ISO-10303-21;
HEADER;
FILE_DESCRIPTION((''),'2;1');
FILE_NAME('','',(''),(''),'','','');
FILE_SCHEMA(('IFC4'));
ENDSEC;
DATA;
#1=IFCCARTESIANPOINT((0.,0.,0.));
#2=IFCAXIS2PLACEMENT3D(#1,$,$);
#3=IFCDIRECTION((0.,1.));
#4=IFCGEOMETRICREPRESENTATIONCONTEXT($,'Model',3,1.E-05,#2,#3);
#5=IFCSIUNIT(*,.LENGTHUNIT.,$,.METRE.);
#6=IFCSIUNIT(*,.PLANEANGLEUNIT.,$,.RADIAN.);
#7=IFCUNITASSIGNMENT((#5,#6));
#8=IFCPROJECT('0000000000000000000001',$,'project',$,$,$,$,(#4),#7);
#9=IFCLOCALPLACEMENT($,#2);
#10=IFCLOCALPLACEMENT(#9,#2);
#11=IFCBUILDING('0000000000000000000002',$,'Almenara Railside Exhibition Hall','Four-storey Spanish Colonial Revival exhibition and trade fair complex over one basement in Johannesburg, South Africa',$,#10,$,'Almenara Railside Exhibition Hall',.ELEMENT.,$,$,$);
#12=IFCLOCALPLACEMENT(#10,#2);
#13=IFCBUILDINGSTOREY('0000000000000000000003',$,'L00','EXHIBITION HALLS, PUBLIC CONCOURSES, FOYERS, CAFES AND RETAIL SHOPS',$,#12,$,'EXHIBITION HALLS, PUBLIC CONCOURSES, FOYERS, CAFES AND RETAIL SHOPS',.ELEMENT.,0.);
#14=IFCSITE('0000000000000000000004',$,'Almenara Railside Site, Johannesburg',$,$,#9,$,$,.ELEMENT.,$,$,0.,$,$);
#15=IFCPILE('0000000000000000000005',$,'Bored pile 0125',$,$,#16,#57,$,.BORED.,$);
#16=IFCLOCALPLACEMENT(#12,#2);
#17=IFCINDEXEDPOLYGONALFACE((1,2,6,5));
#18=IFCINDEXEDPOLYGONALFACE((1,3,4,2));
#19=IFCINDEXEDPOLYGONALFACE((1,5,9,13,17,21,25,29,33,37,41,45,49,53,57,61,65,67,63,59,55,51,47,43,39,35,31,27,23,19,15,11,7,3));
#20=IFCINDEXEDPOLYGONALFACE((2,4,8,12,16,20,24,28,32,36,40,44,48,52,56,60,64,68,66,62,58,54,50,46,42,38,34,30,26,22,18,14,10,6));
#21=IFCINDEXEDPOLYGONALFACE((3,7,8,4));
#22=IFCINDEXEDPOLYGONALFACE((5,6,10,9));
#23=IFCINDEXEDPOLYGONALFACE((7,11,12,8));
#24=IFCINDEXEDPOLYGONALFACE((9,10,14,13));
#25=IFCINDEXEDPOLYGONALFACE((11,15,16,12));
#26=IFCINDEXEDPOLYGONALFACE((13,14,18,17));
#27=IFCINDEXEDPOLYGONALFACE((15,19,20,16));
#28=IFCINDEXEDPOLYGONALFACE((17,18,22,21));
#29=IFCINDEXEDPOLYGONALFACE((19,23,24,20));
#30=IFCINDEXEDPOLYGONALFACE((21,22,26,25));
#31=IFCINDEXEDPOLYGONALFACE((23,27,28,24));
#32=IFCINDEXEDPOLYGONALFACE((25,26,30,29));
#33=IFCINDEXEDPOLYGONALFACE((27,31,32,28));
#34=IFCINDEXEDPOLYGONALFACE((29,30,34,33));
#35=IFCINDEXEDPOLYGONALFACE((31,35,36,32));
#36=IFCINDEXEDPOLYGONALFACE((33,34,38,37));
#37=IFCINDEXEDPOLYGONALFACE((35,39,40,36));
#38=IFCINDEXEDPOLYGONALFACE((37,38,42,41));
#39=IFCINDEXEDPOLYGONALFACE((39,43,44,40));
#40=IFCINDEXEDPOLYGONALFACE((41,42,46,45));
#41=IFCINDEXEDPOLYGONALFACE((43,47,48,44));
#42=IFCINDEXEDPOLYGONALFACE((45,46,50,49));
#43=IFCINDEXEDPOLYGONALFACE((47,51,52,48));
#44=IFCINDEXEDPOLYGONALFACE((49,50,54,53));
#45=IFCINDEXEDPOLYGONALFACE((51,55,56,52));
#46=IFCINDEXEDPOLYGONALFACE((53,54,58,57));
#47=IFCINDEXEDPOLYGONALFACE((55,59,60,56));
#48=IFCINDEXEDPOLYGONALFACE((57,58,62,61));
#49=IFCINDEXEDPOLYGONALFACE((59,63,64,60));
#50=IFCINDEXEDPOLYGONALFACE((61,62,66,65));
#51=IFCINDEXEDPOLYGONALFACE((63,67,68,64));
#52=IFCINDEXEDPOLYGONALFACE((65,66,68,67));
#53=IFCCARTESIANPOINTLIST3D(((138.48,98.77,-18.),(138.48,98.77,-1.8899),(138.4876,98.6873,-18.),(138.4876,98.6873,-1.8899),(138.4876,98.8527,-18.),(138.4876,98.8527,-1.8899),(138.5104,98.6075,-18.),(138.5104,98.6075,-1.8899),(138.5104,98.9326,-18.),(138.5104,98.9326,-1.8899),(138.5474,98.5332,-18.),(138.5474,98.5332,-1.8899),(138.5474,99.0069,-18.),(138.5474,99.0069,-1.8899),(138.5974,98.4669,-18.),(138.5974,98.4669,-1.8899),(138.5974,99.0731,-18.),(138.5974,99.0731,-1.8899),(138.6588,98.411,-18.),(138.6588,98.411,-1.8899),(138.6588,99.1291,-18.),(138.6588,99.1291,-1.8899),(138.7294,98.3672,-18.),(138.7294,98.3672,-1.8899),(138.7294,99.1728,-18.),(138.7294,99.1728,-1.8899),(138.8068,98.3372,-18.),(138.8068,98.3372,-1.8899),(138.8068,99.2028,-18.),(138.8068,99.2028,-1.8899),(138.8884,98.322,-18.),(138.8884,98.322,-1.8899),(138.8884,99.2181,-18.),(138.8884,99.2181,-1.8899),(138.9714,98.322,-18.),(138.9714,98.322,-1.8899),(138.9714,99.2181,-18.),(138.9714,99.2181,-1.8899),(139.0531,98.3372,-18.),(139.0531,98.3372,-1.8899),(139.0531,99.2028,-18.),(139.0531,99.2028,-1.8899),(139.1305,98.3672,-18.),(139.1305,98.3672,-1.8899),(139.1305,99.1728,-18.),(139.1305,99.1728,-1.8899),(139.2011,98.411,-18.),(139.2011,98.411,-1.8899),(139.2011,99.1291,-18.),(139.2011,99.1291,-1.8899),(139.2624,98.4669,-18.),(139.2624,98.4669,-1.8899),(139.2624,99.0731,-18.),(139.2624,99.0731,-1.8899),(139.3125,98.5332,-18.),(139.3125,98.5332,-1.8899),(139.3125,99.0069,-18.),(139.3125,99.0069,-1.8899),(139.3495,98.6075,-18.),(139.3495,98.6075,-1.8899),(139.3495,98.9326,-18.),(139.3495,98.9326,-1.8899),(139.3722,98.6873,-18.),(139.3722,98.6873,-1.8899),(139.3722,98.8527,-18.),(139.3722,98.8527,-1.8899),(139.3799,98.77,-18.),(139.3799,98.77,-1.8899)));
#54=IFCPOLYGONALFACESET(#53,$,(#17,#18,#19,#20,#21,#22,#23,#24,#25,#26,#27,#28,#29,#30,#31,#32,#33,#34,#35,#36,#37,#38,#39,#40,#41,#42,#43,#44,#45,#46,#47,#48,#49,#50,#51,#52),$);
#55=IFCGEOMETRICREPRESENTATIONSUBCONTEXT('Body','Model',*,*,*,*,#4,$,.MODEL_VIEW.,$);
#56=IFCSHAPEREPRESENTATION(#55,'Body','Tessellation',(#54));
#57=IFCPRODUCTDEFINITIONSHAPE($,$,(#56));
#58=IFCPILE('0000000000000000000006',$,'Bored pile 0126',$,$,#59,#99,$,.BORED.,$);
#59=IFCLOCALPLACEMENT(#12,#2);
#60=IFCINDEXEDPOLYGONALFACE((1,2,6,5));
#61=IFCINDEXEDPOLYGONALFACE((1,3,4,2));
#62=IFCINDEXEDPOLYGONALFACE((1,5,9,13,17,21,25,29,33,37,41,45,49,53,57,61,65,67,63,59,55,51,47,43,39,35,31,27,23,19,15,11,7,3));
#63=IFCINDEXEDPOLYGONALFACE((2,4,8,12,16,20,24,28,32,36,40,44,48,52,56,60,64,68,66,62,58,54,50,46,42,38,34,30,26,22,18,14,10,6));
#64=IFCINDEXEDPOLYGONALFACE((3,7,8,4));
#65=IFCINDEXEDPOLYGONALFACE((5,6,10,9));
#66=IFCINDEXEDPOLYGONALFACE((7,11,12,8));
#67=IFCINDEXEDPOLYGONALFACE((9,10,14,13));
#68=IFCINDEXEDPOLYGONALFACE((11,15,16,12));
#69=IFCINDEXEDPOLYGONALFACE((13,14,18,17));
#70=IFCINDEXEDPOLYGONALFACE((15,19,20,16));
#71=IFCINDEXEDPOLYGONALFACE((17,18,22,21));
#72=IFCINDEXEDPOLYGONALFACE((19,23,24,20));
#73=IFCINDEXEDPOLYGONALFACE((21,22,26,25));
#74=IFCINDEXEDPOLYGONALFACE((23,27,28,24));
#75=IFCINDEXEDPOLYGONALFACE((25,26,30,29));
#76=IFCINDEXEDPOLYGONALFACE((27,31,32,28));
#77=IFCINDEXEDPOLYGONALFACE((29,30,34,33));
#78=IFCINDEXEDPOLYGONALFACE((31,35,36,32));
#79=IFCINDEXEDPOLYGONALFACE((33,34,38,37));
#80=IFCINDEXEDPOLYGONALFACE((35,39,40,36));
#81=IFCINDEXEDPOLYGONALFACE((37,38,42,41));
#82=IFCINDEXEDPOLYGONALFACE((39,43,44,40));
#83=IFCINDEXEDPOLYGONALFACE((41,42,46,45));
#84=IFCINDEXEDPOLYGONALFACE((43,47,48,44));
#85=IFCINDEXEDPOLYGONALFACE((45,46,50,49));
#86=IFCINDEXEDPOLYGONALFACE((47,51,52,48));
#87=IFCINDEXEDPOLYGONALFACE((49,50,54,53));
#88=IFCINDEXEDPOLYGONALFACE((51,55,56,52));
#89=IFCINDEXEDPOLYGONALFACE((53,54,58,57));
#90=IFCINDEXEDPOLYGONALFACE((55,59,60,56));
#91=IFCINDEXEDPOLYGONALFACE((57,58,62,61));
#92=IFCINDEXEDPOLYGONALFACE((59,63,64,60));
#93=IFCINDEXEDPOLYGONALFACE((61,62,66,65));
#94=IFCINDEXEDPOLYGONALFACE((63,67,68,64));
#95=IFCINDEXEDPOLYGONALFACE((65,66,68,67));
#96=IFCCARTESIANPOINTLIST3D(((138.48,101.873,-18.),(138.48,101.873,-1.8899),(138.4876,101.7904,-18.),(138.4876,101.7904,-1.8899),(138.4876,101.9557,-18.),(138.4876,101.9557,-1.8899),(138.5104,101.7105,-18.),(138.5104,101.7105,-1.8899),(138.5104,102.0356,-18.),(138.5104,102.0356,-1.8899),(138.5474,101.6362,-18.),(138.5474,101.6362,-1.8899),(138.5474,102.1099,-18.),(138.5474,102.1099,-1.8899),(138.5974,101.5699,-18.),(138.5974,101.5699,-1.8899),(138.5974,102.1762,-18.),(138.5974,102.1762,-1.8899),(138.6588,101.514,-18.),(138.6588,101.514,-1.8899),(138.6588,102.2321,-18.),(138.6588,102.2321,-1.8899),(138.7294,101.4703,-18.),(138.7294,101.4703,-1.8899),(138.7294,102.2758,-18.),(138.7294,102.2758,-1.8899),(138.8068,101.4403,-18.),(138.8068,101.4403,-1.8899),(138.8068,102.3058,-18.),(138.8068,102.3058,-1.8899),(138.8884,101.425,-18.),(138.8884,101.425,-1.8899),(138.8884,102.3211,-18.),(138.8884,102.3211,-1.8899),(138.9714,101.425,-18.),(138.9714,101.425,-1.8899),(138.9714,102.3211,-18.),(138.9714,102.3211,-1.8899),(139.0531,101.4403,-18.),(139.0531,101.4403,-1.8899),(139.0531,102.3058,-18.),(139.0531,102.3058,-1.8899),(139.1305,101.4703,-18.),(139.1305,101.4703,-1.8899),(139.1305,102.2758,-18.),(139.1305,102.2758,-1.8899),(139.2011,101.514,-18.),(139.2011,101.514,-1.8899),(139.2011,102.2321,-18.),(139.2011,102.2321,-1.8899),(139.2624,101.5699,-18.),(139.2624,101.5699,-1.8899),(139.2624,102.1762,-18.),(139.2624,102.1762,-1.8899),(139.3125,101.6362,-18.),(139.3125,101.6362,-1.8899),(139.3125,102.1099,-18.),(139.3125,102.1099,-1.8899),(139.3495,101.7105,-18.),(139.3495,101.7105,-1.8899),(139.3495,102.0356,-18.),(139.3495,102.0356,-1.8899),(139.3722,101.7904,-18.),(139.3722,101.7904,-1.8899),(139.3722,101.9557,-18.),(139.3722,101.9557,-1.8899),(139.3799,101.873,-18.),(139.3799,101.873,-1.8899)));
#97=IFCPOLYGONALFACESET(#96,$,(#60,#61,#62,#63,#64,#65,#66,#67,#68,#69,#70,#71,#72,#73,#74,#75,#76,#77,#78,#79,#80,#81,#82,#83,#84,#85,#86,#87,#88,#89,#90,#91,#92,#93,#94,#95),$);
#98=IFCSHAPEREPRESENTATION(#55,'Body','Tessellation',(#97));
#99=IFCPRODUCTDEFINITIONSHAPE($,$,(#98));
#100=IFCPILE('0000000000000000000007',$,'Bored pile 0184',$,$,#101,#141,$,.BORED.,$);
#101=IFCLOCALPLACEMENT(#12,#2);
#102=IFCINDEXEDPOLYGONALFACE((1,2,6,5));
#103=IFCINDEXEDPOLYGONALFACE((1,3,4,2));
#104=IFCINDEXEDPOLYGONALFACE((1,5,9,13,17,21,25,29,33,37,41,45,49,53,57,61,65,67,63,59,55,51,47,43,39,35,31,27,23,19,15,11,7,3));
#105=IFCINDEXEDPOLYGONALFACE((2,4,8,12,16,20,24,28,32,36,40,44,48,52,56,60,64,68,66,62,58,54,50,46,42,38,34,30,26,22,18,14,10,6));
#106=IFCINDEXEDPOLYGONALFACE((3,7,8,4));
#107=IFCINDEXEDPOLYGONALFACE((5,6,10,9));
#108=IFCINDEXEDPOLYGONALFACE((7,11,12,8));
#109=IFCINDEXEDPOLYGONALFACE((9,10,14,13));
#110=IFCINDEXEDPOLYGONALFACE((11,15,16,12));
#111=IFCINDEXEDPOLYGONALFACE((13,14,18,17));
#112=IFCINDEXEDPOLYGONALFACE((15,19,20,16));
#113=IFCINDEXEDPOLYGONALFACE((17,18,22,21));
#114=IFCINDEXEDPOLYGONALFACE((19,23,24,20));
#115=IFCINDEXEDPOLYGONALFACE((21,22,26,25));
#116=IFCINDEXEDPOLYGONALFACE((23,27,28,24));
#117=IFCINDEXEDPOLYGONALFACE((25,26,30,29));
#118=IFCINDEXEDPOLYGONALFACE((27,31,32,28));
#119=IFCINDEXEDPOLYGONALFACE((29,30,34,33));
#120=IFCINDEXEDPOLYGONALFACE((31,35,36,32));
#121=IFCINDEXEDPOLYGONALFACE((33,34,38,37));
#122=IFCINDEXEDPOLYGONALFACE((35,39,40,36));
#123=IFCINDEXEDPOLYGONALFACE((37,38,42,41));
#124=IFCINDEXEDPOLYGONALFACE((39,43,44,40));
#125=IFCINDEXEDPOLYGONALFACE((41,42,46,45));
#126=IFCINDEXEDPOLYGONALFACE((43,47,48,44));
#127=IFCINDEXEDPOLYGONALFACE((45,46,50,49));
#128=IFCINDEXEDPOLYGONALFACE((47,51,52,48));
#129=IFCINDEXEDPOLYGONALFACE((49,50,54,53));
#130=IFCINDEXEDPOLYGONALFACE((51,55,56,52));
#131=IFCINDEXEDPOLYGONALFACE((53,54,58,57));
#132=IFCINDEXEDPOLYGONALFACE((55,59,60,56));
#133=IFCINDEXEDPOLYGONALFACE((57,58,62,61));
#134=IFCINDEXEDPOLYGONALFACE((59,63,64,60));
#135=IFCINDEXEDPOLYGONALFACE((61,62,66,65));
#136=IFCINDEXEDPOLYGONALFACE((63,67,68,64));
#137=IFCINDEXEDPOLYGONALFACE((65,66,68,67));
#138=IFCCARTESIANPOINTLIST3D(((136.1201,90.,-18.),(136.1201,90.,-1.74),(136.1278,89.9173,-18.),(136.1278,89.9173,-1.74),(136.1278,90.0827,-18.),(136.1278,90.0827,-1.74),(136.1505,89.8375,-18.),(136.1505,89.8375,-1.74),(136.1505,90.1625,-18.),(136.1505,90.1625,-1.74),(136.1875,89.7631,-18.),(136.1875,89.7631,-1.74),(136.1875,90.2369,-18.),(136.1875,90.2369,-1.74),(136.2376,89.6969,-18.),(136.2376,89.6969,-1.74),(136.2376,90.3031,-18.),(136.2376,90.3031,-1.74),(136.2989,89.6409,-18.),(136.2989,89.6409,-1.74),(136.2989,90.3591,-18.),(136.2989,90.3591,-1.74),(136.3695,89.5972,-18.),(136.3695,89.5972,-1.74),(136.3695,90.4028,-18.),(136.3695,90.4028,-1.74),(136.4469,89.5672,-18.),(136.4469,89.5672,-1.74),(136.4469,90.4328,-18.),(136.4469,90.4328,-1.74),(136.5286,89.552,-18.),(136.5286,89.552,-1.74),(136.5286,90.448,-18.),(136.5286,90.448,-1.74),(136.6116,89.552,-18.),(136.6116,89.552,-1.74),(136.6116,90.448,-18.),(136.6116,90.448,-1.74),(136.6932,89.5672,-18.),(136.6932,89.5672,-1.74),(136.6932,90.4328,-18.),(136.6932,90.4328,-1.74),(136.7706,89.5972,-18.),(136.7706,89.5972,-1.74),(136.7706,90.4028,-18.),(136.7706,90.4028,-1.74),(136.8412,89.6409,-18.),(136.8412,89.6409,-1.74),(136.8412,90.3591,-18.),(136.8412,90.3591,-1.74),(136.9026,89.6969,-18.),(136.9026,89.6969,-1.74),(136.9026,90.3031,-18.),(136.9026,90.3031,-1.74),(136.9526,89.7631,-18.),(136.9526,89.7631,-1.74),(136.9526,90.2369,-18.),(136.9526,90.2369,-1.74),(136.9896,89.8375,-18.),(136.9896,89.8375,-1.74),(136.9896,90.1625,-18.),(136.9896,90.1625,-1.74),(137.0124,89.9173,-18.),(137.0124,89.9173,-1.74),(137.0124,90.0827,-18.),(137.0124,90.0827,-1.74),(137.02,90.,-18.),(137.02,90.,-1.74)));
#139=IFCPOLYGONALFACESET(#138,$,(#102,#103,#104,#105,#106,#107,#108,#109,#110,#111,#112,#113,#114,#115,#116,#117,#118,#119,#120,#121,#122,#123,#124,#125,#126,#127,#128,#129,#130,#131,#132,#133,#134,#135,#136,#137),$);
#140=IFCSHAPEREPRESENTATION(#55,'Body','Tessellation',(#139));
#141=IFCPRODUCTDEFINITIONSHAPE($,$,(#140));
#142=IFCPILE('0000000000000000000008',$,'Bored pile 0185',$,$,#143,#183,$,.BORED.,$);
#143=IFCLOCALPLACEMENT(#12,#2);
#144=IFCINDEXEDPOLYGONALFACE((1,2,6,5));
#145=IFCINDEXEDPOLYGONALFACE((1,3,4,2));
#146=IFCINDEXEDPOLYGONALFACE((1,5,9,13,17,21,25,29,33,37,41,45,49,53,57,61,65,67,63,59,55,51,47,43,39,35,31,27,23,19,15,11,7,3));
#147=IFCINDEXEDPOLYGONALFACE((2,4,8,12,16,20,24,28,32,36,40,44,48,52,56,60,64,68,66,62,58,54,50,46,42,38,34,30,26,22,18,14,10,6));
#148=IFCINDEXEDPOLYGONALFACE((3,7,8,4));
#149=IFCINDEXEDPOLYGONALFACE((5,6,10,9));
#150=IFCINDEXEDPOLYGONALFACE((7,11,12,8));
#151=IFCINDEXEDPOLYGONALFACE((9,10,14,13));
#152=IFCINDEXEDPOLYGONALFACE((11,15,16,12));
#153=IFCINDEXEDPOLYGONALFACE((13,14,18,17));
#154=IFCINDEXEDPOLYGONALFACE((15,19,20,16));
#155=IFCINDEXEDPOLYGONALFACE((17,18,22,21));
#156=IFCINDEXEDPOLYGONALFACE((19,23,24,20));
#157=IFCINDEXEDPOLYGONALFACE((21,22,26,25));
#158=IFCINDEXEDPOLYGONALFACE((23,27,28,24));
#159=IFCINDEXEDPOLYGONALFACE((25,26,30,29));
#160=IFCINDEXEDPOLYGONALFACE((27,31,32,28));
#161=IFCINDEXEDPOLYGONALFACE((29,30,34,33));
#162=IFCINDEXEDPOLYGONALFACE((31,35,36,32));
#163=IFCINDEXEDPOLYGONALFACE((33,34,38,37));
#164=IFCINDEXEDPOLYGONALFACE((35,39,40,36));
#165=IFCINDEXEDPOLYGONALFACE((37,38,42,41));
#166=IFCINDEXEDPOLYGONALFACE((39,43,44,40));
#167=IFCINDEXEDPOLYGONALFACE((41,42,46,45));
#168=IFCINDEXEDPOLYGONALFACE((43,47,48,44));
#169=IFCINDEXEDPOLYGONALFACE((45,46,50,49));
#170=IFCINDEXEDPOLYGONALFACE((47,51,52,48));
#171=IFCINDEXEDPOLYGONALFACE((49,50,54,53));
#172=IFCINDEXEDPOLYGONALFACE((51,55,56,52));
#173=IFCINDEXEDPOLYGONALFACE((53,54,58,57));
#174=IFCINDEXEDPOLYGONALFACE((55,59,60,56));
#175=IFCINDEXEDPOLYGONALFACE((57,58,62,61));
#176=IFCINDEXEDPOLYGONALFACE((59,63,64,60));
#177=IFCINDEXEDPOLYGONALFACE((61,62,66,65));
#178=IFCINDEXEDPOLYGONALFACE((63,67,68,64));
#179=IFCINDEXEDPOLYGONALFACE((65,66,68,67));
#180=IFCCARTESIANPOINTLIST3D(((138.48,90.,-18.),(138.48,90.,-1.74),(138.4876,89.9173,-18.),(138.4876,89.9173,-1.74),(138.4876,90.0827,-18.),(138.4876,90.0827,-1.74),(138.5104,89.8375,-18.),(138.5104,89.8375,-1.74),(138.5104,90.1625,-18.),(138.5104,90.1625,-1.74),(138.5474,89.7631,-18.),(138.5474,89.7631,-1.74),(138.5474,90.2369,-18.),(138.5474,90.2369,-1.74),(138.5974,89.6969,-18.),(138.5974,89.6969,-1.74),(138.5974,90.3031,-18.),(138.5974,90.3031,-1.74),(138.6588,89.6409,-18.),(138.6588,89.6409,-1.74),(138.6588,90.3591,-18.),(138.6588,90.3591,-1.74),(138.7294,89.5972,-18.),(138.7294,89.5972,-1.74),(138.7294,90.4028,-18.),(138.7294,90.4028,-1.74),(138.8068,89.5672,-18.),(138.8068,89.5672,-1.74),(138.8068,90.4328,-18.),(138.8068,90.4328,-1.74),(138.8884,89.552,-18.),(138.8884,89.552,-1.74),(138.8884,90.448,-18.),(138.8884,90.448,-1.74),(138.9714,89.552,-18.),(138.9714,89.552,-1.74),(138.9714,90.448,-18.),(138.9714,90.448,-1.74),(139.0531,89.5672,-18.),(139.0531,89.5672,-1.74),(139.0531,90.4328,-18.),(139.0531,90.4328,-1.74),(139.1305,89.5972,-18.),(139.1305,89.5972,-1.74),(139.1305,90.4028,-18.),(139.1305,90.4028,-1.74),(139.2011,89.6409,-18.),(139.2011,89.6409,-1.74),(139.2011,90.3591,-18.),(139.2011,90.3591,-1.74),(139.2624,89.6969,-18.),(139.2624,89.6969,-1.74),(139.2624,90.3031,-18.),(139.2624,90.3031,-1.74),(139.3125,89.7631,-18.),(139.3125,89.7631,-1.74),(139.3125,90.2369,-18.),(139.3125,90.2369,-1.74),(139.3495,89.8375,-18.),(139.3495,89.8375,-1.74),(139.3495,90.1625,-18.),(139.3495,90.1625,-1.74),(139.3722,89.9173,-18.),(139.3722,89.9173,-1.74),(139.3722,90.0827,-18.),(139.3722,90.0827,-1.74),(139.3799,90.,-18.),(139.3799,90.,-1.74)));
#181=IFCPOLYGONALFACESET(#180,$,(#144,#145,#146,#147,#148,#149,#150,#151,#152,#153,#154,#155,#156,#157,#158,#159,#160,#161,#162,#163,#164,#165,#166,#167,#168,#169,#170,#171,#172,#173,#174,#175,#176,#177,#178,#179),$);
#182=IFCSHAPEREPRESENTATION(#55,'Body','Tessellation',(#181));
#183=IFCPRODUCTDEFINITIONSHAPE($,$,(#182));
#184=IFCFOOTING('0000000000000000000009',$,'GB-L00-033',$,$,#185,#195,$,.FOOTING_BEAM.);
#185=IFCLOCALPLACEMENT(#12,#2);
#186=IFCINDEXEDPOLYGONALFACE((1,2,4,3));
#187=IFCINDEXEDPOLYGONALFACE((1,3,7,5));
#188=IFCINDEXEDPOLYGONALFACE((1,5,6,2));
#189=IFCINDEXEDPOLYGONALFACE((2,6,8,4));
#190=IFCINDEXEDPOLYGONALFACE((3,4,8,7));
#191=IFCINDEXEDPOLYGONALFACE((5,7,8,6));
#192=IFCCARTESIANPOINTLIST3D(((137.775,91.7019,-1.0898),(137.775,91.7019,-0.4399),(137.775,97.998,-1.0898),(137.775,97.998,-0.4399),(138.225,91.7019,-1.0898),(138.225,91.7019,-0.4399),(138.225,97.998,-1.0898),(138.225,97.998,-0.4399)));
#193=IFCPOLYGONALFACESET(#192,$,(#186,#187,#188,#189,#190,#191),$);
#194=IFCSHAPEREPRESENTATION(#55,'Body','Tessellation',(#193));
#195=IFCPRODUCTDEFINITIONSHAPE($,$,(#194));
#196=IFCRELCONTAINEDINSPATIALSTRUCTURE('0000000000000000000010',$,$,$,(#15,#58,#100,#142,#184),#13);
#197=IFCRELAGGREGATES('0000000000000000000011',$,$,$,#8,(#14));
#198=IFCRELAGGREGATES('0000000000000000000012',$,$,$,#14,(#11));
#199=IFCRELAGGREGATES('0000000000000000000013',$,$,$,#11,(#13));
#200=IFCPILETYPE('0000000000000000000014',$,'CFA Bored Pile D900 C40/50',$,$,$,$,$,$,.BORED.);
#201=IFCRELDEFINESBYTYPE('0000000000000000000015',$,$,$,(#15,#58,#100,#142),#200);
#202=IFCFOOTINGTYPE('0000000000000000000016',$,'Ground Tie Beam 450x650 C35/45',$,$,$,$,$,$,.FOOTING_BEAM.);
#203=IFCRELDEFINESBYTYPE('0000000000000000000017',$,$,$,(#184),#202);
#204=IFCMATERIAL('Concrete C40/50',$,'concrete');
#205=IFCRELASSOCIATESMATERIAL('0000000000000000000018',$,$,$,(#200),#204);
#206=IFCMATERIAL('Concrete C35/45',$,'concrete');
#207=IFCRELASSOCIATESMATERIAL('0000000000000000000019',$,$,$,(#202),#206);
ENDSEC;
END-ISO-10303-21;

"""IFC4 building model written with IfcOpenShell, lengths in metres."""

from ifc_helpers import new_model, si_unit, direction, frame, origin, origin_2d, place, context, subcontext, project, spatial, rectangle, circle, extrude, material, material_profile, profile_set, type_object, element, save


model = new_model("IFC4")

# Units and contexts
model_context = context("Model", 3, precision=1e-05, world=origin(), true_north=direction((0.0, 1.0)))
body_context = subcontext(model_context, "Body", "Model", "MODEL_VIEW")
ifc_project = project(units=[si_unit("LENGTHUNIT", "METRE"), si_unit("PLANEANGLEUNIT", "RADIAN")], contexts=[model_context])

# Site, building, storey
site_placement = place(None, origin())
site = spatial("IfcSite", under=ifc_project, at=site_placement, Name="Almenara Railside Site, Johannesburg", CompositionType="ELEMENT", RefElevation=0.0)
building_placement = place(site_placement, origin())
building = spatial("IfcBuilding", under=site, at=building_placement, Name="Almenara Railside Exhibition Hall", Description="Four-storey Spanish Colonial Revival exhibition and trade fair complex over one basement in Johannesburg, South Africa", LongName="Almenara Railside Exhibition Hall", CompositionType="ELEMENT")
storey_placement = place(building_placement, origin())
storey = spatial("IfcBuildingStorey", under=building, at=storey_placement, Name="L00", Description="EXHIBITION HALLS, PUBLIC CONCOURSES, FOYERS, CAFES AND RETAIL SHOPS", LongName="EXHIBITION HALLS, PUBLIC CONCOURSES, FOYERS, CAFES AND RETAIL SHOPS", CompositionType="ELEMENT", Elevation=0.0)

# Piles
ifc_material_1 = material(Name="Concrete C40/50", Category="concrete")
ifc_material_profile_1 = material_profile(ifc_material_1, circle(Radius=0.45, at=origin_2d()), Name="CFA-PILE D900")
ifc_profile_set_1 = profile_set([ifc_material_profile_1], Name="Concrete C40/50")
pile_type = type_object("IfcPileType", Name="CFA Bored Pile D900 C40/50", PredefinedType="BORED", material=ifc_profile_set_1)
for number, where, z_axis, x_axis, name in (
    (1, (138.9299, 98.77, -1.8899), (0.0, 0.0, -1.0), (1.0, 0.0, 0.0), "Bored pile 0125"),
    (2, (138.9299, 101.873, -1.8899), (0.0, 0.0, -1.0), (1.0, 0.0, 0.0), "Bored pile 0126"),
):
    element("IfcPile", number, at=place(storey_placement, frame(where, z_axis=z_axis, x_axis=x_axis)), inside=storey, type_object=pile_type, Name=name, PredefinedType="BORED", context=body_context, shape_type="SweptSolid", body=[
        extrude(circle(Radius=0.45, at=origin_2d()), origin(), (0.0, 0.0, 1.0), 16.1101),
    ])
for number, where, z_axis, x_axis, name in (
    (3, (136.5701, 90.0, -1.74), (0.0, 0.0, -1.0), (1.0, 0.0, 0.0), "Bored pile 0184"),
    (4, (138.9299, 90.0, -1.74), (0.0, 0.0, -1.0), (1.0, 0.0, 0.0), "Bored pile 0185"),
):
    element("IfcPile", number, at=place(storey_placement, frame(where, z_axis=z_axis, x_axis=x_axis)), inside=storey, type_object=pile_type, Name=name, PredefinedType="BORED", context=body_context, shape_type="SweptSolid", body=[
        extrude(circle(Radius=0.45, at=origin_2d()), origin(), (0.0, 0.0, 1.0), 16.26),
    ])

# Footing
ifc_material_2 = material(Name="Concrete C35/45", Category="concrete")
ifc_material_profile_2 = material_profile(ifc_material_2, rectangle(XDim=0.45, YDim=0.6499, at=origin_2d()), Name="RC-GB 450x650")
ifc_profile_set_2 = profile_set([ifc_material_profile_2], Name="Concrete C35/45")
footing_type = type_object("IfcFootingType", Name="Ground Tie Beam 450x650 C35/45", PredefinedType="FOOTING_BEAM", material=ifc_profile_set_2)
footing_placement = place(storey_placement, frame((138.0, 91.7019, -0.7649), z_axis=(0.0, 1.0, 0.0), x_axis=(-1.0, 0.0, 0.0)))
element("IfcFooting", 5, at=footing_placement, inside=storey, type_object=footing_type, Name="GB-L00-033", PredefinedType="FOOTING_BEAM", context=body_context, shape_type="SweptSolid", body=[
    extrude(rectangle(XDim=0.45, YDim=0.6499, at=origin_2d()), origin(), (0.0, 0.0, 1.0), 6.2961),
])

save(model, "model.ifc")
